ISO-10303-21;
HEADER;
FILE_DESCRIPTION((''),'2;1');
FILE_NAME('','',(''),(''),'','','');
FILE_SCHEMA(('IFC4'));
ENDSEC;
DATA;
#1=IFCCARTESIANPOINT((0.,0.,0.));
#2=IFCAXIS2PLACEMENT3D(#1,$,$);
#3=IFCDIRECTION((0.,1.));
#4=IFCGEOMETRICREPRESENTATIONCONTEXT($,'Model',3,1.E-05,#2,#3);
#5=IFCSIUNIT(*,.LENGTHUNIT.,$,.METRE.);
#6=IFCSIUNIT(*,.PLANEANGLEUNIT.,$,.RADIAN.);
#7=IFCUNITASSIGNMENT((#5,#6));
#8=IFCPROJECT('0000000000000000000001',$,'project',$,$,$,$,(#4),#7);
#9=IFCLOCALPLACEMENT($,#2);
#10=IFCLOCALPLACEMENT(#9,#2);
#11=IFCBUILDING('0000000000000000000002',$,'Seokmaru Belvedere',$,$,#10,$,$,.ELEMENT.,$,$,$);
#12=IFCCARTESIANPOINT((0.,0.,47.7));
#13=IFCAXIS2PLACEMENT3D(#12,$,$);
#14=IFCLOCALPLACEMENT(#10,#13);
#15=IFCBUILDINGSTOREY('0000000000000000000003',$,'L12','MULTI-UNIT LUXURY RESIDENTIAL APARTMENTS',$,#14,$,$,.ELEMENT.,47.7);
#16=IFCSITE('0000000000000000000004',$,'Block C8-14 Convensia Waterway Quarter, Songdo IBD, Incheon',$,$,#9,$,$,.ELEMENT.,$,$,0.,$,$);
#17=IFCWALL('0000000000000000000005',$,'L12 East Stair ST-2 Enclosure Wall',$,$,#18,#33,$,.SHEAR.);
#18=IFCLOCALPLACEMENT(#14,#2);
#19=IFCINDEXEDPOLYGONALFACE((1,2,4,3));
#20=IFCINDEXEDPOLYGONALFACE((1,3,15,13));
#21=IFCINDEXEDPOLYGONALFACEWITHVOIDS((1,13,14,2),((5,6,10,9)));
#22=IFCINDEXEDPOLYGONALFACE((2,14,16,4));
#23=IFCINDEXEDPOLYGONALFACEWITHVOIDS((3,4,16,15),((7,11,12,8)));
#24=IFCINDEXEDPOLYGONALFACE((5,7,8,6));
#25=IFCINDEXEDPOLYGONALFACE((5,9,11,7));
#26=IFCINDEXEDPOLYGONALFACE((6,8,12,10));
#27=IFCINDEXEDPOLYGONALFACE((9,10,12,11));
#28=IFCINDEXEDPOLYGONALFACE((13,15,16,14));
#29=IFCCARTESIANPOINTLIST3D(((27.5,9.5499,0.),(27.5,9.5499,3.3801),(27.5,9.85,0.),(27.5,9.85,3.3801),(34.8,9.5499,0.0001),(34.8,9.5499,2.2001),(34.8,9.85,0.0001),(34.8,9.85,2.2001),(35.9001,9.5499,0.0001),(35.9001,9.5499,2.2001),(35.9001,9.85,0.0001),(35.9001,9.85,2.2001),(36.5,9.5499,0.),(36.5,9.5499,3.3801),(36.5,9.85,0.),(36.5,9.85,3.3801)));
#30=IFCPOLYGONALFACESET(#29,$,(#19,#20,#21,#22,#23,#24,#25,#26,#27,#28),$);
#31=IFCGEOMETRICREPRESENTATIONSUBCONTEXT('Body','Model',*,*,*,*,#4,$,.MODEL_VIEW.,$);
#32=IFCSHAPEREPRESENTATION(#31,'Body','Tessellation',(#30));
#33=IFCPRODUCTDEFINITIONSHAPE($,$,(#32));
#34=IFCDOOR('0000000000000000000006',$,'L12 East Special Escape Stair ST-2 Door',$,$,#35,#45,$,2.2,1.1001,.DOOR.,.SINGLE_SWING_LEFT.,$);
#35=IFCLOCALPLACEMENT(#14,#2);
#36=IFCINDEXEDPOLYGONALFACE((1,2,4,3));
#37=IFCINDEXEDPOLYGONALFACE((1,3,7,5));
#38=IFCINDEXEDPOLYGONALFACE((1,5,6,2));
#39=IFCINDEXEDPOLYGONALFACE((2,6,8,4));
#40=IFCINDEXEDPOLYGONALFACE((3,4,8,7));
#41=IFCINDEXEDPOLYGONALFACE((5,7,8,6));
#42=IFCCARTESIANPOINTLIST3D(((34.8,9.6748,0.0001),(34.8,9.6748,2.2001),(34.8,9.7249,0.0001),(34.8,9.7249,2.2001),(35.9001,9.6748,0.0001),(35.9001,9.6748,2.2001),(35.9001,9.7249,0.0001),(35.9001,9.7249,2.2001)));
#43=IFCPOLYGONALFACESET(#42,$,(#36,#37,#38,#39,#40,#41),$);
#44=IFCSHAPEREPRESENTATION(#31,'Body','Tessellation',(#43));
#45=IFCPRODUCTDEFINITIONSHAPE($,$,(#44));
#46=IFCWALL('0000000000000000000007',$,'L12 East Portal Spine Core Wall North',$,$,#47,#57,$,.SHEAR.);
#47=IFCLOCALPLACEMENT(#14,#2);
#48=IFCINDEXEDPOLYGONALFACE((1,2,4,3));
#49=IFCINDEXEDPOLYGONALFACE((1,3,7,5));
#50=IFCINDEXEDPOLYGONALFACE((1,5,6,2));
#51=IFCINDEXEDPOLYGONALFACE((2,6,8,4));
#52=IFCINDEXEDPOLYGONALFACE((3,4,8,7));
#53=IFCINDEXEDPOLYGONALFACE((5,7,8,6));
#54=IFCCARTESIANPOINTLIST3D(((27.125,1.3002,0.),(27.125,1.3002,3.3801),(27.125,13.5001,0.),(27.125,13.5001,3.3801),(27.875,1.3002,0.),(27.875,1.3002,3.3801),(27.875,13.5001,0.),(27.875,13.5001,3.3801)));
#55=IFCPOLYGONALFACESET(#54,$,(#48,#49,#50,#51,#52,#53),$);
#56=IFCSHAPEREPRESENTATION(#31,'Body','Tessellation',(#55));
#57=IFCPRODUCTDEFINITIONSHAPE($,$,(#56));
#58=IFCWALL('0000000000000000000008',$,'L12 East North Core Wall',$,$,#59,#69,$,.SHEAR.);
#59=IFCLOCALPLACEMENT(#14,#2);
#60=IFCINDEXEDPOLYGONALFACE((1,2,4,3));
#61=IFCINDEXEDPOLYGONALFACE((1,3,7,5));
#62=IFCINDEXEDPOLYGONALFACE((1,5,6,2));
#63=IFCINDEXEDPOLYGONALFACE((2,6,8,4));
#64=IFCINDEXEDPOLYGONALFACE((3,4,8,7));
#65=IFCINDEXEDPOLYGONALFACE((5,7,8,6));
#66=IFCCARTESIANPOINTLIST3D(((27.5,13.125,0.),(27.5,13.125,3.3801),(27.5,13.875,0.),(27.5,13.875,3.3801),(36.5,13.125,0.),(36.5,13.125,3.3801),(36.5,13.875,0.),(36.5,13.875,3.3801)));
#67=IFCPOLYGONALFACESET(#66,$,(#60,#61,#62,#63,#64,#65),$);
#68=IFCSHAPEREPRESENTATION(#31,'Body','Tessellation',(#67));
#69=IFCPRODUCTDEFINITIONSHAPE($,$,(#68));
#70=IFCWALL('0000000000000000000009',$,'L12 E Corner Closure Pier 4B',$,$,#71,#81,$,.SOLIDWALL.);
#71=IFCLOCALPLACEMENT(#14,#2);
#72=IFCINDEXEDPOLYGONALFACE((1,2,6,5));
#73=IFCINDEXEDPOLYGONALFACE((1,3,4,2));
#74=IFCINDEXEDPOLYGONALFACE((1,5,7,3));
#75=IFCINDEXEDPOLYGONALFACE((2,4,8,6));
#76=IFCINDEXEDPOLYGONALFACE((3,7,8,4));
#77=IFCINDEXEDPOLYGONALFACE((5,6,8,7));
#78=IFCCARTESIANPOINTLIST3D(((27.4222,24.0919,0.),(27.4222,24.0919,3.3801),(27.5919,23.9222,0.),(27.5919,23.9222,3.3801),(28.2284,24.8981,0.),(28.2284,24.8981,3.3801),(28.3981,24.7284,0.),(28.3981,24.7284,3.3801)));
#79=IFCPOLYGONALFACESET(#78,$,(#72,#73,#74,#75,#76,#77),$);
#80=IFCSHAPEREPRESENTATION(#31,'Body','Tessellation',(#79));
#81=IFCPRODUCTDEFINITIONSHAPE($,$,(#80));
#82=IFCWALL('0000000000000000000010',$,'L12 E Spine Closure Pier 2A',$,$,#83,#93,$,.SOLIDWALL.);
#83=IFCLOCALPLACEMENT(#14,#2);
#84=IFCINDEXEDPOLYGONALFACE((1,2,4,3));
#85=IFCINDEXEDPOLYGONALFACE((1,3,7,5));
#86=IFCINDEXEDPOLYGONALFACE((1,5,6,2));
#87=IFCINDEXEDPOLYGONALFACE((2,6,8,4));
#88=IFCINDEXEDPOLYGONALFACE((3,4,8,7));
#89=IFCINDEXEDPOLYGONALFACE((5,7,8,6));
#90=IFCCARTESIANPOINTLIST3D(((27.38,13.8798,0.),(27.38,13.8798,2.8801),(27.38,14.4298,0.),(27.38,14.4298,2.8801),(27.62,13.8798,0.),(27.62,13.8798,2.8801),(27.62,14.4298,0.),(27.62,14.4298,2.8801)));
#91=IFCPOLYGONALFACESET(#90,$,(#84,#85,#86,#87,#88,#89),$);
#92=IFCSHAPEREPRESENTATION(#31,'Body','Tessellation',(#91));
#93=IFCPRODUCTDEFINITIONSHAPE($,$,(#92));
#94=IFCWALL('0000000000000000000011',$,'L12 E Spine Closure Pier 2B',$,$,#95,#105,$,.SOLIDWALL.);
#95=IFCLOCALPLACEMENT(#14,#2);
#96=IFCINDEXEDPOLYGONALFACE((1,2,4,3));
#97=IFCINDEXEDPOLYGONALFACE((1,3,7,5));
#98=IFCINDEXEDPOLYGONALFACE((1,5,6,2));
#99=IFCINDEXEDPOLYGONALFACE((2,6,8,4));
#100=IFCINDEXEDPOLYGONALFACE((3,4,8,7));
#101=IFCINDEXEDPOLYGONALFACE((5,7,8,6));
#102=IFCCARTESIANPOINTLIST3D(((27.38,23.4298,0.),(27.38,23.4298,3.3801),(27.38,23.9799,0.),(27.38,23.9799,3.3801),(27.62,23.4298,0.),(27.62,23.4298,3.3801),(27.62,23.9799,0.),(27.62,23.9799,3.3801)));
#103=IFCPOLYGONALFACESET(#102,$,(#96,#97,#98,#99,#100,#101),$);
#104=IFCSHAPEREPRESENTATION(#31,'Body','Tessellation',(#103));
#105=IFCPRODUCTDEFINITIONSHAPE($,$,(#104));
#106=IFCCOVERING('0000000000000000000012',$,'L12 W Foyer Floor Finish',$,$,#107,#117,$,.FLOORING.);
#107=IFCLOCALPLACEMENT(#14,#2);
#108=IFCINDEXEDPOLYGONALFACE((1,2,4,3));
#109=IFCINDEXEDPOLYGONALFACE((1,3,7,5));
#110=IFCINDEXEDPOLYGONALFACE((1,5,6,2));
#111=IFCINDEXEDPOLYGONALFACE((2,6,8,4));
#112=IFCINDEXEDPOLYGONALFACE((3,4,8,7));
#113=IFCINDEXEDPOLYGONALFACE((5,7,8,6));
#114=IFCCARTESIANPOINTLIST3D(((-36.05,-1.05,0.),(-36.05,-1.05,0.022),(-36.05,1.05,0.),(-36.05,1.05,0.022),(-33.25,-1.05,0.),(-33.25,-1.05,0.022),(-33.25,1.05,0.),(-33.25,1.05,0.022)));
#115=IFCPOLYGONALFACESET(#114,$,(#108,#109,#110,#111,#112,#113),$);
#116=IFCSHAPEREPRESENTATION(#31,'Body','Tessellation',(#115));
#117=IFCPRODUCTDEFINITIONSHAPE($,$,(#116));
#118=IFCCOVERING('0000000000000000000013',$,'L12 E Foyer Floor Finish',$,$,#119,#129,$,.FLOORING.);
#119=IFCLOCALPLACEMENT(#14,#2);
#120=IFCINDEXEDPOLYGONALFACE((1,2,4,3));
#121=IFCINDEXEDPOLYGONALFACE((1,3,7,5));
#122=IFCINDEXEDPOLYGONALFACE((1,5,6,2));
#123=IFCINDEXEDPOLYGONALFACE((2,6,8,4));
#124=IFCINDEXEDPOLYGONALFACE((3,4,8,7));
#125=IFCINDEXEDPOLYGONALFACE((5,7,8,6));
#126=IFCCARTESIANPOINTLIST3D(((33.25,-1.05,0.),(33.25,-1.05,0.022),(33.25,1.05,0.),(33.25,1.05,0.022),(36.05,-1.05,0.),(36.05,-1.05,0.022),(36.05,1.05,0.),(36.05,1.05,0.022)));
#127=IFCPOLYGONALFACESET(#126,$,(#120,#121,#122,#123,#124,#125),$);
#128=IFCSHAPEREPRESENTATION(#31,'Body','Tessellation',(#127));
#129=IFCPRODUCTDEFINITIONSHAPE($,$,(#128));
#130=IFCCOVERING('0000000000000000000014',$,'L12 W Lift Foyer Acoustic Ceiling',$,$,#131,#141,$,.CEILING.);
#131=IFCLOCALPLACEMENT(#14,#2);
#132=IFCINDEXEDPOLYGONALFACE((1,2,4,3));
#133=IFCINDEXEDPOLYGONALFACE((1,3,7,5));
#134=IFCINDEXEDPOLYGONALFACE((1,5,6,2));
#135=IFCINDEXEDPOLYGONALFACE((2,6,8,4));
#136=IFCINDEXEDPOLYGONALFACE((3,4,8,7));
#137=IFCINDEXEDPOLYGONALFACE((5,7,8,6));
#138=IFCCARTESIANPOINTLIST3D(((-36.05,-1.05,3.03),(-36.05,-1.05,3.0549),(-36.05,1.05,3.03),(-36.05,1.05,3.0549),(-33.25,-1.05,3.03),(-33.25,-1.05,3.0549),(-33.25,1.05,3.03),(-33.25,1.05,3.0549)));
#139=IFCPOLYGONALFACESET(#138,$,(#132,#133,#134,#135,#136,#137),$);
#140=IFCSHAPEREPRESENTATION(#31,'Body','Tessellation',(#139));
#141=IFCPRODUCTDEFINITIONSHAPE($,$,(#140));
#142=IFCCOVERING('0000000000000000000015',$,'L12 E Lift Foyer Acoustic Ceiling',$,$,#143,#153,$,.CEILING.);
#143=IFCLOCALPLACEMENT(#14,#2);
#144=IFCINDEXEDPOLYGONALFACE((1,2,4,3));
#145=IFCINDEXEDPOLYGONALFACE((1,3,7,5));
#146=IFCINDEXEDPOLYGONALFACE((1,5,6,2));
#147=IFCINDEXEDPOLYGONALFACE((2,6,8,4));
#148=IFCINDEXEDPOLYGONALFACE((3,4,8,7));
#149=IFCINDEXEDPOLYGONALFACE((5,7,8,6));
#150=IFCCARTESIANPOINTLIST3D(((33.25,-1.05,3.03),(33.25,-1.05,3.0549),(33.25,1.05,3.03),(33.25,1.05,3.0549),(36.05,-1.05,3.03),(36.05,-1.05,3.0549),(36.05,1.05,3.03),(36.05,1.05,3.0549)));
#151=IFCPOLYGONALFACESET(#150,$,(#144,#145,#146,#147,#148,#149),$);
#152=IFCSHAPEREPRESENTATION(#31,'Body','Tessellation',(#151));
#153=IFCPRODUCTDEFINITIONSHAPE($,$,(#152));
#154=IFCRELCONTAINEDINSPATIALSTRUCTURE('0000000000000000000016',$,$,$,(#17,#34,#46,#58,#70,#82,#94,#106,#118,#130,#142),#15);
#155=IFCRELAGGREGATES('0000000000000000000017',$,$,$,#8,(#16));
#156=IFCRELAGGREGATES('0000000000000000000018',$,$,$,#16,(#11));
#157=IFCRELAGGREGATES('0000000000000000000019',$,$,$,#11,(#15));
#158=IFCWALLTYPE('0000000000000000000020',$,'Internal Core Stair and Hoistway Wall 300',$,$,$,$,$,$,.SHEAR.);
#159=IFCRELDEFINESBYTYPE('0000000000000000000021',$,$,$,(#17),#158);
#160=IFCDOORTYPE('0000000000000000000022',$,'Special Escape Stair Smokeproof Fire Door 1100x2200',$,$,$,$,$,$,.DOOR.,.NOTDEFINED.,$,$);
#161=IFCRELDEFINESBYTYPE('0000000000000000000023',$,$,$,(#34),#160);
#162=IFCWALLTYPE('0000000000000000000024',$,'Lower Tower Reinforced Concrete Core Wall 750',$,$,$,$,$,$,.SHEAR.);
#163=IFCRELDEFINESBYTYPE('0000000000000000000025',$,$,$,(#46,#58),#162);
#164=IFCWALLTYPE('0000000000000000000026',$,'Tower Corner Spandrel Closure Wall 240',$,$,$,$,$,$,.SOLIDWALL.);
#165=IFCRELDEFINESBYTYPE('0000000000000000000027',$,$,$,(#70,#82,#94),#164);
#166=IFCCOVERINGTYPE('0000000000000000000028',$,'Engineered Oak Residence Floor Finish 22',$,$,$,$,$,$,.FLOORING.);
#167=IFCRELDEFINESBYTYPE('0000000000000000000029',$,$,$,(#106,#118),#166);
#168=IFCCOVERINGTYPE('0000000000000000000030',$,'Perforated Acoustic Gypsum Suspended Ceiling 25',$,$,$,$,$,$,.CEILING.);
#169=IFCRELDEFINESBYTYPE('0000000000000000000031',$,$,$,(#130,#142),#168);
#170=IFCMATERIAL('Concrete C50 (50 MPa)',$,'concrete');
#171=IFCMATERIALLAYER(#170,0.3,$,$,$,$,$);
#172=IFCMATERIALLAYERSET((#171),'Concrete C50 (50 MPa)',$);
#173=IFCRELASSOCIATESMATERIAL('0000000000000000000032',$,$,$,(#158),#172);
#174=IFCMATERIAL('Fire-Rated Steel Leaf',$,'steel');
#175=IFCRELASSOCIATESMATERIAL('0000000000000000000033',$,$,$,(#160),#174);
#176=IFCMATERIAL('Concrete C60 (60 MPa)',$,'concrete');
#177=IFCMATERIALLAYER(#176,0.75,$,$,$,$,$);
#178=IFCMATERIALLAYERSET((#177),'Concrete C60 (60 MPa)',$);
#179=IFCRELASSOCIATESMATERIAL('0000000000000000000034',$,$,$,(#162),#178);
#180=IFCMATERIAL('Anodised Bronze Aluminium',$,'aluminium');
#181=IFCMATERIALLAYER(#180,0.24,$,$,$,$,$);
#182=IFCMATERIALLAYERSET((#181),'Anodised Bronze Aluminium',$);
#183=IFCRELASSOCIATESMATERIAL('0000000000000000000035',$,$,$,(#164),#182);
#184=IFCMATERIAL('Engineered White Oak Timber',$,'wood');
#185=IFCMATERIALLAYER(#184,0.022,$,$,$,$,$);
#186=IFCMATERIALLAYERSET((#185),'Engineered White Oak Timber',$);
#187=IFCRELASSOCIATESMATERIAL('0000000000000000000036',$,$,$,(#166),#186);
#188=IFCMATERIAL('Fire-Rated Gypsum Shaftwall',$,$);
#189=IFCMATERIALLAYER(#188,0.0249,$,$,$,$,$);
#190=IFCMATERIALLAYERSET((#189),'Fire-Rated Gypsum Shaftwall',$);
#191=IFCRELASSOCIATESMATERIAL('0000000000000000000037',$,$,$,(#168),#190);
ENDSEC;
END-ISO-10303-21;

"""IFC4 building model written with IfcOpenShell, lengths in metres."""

from ifc_helpers import new_model, si_unit, direction, frame, frame_2d, origin, place, context, subcontext, project, spatial, polyline, rectangle, outline, extrude, source, transform, mapped, material, layer, layer_set, type_object, type_shapes, element, fill, save


model = new_model("IFC4")

# Units and contexts
model_context = context("Model", 3, precision=1e-05, world=origin(), true_north=direction((0.0, 1.0)))
body_context = subcontext(model_context, "Body", "Model", "MODEL_VIEW")
ifc_project = project(units=[si_unit("LENGTHUNIT", "METRE"), si_unit("PLANEANGLEUNIT", "RADIAN")], contexts=[model_context])

# Site, building, storey
site_placement = place(None, origin())
site = spatial("IfcSite", under=ifc_project, at=site_placement, Name="Block C8-14 Convensia Waterway Quarter, Songdo IBD, Incheon", CompositionType="ELEMENT", RefElevation=0.0)
building_placement = place(site_placement, origin())
building = spatial("IfcBuilding", under=site, at=building_placement, Name="Seokmaru Belvedere", CompositionType="ELEMENT")
storey_placement = place(building_placement, frame((0.0, 0.0, 47.7)))
storey = spatial("IfcBuildingStorey", under=building, at=storey_placement, Name="L12", Description="MULTI-UNIT LUXURY RESIDENTIAL APARTMENTS", CompositionType="ELEMENT", Elevation=47.7)

# Shared definitions
ifc_material_1 = material(Name="Anodised Bronze Aluminium", Category="aluminium")

# Shared definitions
ifc_material_2 = material(Name="Concrete C50 (50 MPa)", Category="concrete")

# Wall, opening, door
ifc_layer_1 = layer(ifc_material_2, 0.3)
ifc_layer_set_1 = layer_set([ifc_layer_1], Name="Concrete C50 (50 MPa)")
wall_type_1 = type_object("IfcWallType", Name="Internal Core Stair and Hoistway Wall 300", PredefinedType="SHEAR", material=ifc_layer_set_1)
wall_1_placement = place(storey_placement, frame((27.5, 9.7, 0.0), z_axis=(0.0, 0.0, 1.0), x_axis=(1.0, 0.0, 0.0)))
wall_1 = element("IfcWall", 1, at=wall_1_placement, inside=storey, type_object=wall_type_1, Name="L12 East Stair ST-2 Enclosure Wall", PredefinedType="SHEAR", context=body_context, shape_type="SweptSolid", body=[
    extrude(rectangle(XDim=9.0, YDim=0.3, at=frame_2d((4.5, 0.0))), origin(), (0.0, 0.0, 1.0), 3.3801),
])
opening_placement = place(wall_1_placement, frame((7.3, 0.0, 0.0)))
opening = element("IfcOpeningElement", 2, at=opening_placement, cuts=wall_1, PredefinedType="OPENING", context=body_context, shape_type="SweptSolid", body=[
    extrude(rectangle(XDim=1.1001, YDim=2.2, at=frame_2d((0.55, 1.1001))), frame((0.0, 0.1602, 0.0), z_axis=(0.0, -1.0, 0.0), x_axis=(1.0, 0.0, 0.0)), (0.0, 0.0, 1.0), 0.3201),
])
ifc_material_3 = material(Name="Fire-Rated Steel Leaf", Category="steel")
door_type = type_object("IfcDoorType", Name="Special Escape Stair Smokeproof Fire Door 1100x2200", OperationType="NOTDEFINED", PredefinedType="DOOR", material=ifc_material_3)
shared_shape_1 = source(origin(), body_context, "Body", "SweptSolid", [
    extrude(rectangle(XDim=1.1001, YDim=2.2, at=frame_2d((0.55, 1.1001))), frame((0.0, 0.0249, 0.0), z_axis=(0.0, -1.0, 0.0), x_axis=(1.0, 0.0, 0.0)), (0.0, 0.0, 1.0), 0.05),
])
type_shapes(door_type, [shared_shape_1])
door_placement = place(opening_placement, origin())
door = element("IfcDoor", 3, at=door_placement, inside=storey, type_object=door_type, Name="L12 East Special Escape Stair ST-2 Door", OperationType="SINGLE_SWING_LEFT", OverallHeight=2.2, OverallWidth=1.1001, PredefinedType="DOOR", context=body_context, shape_type="MappedRepresentation", body=[
    mapped(shared_shape_1, transform((0.0, 0.0, 0.0), scale=1.0)),
])
fill(opening, door)

# Walls
ifc_material_4 = material(Name="Concrete C60 (60 MPa)", Category="concrete")
ifc_layer_2 = layer(ifc_material_4, 0.75)
ifc_layer_set_2 = layer_set([ifc_layer_2], Name="Concrete C60 (60 MPa)")
wall_type_2 = type_object("IfcWallType", Name="Lower Tower Reinforced Concrete Core Wall 750", PredefinedType="SHEAR", material=ifc_layer_set_2)
wall_2_placement = place(storey_placement, frame((27.5, 1.3, 0.0), z_axis=(0.0, 0.0, 1.0), x_axis=(0.0, 1.0, 0.0)))
element("IfcWall", 4, at=wall_2_placement, inside=storey, type_object=wall_type_2, Name="L12 East Portal Spine Core Wall North", PredefinedType="SHEAR", context=body_context, shape_type="SweptSolid", body=[
    extrude(rectangle(XDim=12.2, YDim=0.75, at=frame_2d((6.1001, 0.0))), origin(), (0.0, 0.0, 1.0), 3.3801),
])
wall_3_placement = place(storey_placement, frame((27.5, 13.5, 0.0), z_axis=(0.0, 0.0, 1.0), x_axis=(1.0, 0.0, 0.0)))
element("IfcWall", 5, at=wall_3_placement, inside=storey, type_object=wall_type_2, Name="L12 East North Core Wall", PredefinedType="SHEAR", context=body_context, shape_type="SweptSolid", body=[
    extrude(rectangle(XDim=9.0, YDim=0.75, at=frame_2d((4.5, 0.0))), origin(), (0.0, 0.0, 1.0), 3.3801),
])
ifc_layer_3 = layer(ifc_material_1, 0.24)
ifc_layer_set_3 = layer_set([ifc_layer_3], Name="Anodised Bronze Aluminium")
wall_type_3 = type_object("IfcWallType", Name="Tower Corner Spandrel Closure Wall 240", PredefinedType="SOLIDWALL", material=ifc_layer_set_3)
wall_4_placement = place(storey_placement, frame((28.3132, 24.8132, 0.0), z_axis=(0.0, 0.0, 1.0), x_axis=(-0.707107, -0.707107, 0.0)))
element("IfcWall", 6, at=wall_4_placement, inside=storey, type_object=wall_type_3, Name="L12 E Corner Closure Pier 4B", PredefinedType="SOLIDWALL", context=body_context, shape_type="SweptSolid", body=[
    extrude(rectangle(XDim=1.1401, YDim=0.24, at=frame_2d((0.5701, 0.0))), origin(), (0.0, 0.0, 1.0), 3.3801),
])
wall_5_placement = place(storey_placement, frame((27.5, 13.8799, 0.0), z_axis=(0.0, 0.0, 1.0), x_axis=(0.0, 1.0, 0.0)))
element("IfcWall", 7, at=wall_5_placement, inside=storey, type_object=wall_type_3, Name="L12 E Spine Closure Pier 2A", PredefinedType="SOLIDWALL", context=body_context, shape_type="SweptSolid", body=[
    extrude(rectangle(XDim=0.55, YDim=0.24, at=frame_2d((0.2749, 0.0))), origin(), (0.0, 0.0, 1.0), 2.8801),
])
wall_6_placement = place(storey_placement, frame((27.5, 23.4299, 0.0), z_axis=(0.0, 0.0, 1.0), x_axis=(0.0, 1.0, 0.0)))
element("IfcWall", 8, at=wall_6_placement, inside=storey, type_object=wall_type_3, Name="L12 E Spine Closure Pier 2B", PredefinedType="SOLIDWALL", context=body_context, shape_type="SweptSolid", body=[
    extrude(rectangle(XDim=0.55, YDim=0.24, at=frame_2d((0.2749, 0.0))), origin(), (0.0, 0.0, 1.0), 3.3801),
])

# Coverings
ifc_material_5 = material(Name="Engineered White Oak Timber", Category="wood")
ifc_layer_4 = layer(ifc_material_5, 0.022)
ifc_layer_set_4 = layer_set([ifc_layer_4], Name="Engineered White Oak Timber")
covering_type_1 = type_object("IfcCoveringType", Name="Engineered Oak Residence Floor Finish 22", PredefinedType="FLOORING", material=ifc_layer_set_4)
covering_1_placement = place(storey_placement, origin())
element("IfcCovering", 9, at=covering_1_placement, inside=storey, type_object=covering_type_1, Name="L12 W Foyer Floor Finish", PredefinedType="FLOORING", context=body_context, shape_type="SweptSolid", body=[
    extrude(outline(polyline([(-36.05, -1.05), (-33.25, -1.05), (-33.25, 1.05), (-36.05, 1.05), (-36.05, -1.05)])), origin(), (0.0, 0.0, 1.0), 0.022),
])
covering_2_placement = place(storey_placement, origin())
element("IfcCovering", 10, at=covering_2_placement, inside=storey, type_object=covering_type_1, Name="L12 E Foyer Floor Finish", PredefinedType="FLOORING", context=body_context, shape_type="SweptSolid", body=[
    extrude(outline(polyline([(33.25, -1.05), (36.05, -1.05), (36.05, 1.05), (33.25, 1.05), (33.25, -1.05)])), origin(), (0.0, 0.0, 1.0), 0.022),
])
ifc_material_6 = material(Name="Fire-Rated Gypsum Shaftwall")
ifc_layer_5 = layer(ifc_material_6, 0.0249)
ifc_layer_set_5 = layer_set([ifc_layer_5], Name="Fire-Rated Gypsum Shaftwall")
covering_type_2 = type_object("IfcCoveringType", Name="Perforated Acoustic Gypsum Suspended Ceiling 25", PredefinedType="CEILING", material=ifc_layer_set_5)
covering_3_placement = place(storey_placement, frame((0.0, 0.0, 3.03)))
element("IfcCovering", 11, at=covering_3_placement, inside=storey, type_object=covering_type_2, Name="L12 W Lift Foyer Acoustic Ceiling", PredefinedType="CEILING", context=body_context, shape_type="SweptSolid", body=[
    extrude(outline(polyline([(-36.05, -1.05), (-33.25, -1.05), (-33.25, 1.05), (-36.05, 1.05), (-36.05, -1.05)])), origin(), (0.0, 0.0, 1.0), 0.0249),
])
covering_4_placement = place(storey_placement, frame((0.0, 0.0, 3.03)))
element("IfcCovering", 12, at=covering_4_placement, inside=storey, type_object=covering_type_2, Name="L12 E Lift Foyer Acoustic Ceiling", PredefinedType="CEILING", context=body_context, shape_type="SweptSolid", body=[
    extrude(outline(polyline([(33.25, -1.05), (36.05, -1.05), (36.05, 1.05), (33.25, 1.05), (33.25, -1.05)])), origin(), (0.0, 0.0, 1.0), 0.0249),
])

save(model, "model.ifc")
